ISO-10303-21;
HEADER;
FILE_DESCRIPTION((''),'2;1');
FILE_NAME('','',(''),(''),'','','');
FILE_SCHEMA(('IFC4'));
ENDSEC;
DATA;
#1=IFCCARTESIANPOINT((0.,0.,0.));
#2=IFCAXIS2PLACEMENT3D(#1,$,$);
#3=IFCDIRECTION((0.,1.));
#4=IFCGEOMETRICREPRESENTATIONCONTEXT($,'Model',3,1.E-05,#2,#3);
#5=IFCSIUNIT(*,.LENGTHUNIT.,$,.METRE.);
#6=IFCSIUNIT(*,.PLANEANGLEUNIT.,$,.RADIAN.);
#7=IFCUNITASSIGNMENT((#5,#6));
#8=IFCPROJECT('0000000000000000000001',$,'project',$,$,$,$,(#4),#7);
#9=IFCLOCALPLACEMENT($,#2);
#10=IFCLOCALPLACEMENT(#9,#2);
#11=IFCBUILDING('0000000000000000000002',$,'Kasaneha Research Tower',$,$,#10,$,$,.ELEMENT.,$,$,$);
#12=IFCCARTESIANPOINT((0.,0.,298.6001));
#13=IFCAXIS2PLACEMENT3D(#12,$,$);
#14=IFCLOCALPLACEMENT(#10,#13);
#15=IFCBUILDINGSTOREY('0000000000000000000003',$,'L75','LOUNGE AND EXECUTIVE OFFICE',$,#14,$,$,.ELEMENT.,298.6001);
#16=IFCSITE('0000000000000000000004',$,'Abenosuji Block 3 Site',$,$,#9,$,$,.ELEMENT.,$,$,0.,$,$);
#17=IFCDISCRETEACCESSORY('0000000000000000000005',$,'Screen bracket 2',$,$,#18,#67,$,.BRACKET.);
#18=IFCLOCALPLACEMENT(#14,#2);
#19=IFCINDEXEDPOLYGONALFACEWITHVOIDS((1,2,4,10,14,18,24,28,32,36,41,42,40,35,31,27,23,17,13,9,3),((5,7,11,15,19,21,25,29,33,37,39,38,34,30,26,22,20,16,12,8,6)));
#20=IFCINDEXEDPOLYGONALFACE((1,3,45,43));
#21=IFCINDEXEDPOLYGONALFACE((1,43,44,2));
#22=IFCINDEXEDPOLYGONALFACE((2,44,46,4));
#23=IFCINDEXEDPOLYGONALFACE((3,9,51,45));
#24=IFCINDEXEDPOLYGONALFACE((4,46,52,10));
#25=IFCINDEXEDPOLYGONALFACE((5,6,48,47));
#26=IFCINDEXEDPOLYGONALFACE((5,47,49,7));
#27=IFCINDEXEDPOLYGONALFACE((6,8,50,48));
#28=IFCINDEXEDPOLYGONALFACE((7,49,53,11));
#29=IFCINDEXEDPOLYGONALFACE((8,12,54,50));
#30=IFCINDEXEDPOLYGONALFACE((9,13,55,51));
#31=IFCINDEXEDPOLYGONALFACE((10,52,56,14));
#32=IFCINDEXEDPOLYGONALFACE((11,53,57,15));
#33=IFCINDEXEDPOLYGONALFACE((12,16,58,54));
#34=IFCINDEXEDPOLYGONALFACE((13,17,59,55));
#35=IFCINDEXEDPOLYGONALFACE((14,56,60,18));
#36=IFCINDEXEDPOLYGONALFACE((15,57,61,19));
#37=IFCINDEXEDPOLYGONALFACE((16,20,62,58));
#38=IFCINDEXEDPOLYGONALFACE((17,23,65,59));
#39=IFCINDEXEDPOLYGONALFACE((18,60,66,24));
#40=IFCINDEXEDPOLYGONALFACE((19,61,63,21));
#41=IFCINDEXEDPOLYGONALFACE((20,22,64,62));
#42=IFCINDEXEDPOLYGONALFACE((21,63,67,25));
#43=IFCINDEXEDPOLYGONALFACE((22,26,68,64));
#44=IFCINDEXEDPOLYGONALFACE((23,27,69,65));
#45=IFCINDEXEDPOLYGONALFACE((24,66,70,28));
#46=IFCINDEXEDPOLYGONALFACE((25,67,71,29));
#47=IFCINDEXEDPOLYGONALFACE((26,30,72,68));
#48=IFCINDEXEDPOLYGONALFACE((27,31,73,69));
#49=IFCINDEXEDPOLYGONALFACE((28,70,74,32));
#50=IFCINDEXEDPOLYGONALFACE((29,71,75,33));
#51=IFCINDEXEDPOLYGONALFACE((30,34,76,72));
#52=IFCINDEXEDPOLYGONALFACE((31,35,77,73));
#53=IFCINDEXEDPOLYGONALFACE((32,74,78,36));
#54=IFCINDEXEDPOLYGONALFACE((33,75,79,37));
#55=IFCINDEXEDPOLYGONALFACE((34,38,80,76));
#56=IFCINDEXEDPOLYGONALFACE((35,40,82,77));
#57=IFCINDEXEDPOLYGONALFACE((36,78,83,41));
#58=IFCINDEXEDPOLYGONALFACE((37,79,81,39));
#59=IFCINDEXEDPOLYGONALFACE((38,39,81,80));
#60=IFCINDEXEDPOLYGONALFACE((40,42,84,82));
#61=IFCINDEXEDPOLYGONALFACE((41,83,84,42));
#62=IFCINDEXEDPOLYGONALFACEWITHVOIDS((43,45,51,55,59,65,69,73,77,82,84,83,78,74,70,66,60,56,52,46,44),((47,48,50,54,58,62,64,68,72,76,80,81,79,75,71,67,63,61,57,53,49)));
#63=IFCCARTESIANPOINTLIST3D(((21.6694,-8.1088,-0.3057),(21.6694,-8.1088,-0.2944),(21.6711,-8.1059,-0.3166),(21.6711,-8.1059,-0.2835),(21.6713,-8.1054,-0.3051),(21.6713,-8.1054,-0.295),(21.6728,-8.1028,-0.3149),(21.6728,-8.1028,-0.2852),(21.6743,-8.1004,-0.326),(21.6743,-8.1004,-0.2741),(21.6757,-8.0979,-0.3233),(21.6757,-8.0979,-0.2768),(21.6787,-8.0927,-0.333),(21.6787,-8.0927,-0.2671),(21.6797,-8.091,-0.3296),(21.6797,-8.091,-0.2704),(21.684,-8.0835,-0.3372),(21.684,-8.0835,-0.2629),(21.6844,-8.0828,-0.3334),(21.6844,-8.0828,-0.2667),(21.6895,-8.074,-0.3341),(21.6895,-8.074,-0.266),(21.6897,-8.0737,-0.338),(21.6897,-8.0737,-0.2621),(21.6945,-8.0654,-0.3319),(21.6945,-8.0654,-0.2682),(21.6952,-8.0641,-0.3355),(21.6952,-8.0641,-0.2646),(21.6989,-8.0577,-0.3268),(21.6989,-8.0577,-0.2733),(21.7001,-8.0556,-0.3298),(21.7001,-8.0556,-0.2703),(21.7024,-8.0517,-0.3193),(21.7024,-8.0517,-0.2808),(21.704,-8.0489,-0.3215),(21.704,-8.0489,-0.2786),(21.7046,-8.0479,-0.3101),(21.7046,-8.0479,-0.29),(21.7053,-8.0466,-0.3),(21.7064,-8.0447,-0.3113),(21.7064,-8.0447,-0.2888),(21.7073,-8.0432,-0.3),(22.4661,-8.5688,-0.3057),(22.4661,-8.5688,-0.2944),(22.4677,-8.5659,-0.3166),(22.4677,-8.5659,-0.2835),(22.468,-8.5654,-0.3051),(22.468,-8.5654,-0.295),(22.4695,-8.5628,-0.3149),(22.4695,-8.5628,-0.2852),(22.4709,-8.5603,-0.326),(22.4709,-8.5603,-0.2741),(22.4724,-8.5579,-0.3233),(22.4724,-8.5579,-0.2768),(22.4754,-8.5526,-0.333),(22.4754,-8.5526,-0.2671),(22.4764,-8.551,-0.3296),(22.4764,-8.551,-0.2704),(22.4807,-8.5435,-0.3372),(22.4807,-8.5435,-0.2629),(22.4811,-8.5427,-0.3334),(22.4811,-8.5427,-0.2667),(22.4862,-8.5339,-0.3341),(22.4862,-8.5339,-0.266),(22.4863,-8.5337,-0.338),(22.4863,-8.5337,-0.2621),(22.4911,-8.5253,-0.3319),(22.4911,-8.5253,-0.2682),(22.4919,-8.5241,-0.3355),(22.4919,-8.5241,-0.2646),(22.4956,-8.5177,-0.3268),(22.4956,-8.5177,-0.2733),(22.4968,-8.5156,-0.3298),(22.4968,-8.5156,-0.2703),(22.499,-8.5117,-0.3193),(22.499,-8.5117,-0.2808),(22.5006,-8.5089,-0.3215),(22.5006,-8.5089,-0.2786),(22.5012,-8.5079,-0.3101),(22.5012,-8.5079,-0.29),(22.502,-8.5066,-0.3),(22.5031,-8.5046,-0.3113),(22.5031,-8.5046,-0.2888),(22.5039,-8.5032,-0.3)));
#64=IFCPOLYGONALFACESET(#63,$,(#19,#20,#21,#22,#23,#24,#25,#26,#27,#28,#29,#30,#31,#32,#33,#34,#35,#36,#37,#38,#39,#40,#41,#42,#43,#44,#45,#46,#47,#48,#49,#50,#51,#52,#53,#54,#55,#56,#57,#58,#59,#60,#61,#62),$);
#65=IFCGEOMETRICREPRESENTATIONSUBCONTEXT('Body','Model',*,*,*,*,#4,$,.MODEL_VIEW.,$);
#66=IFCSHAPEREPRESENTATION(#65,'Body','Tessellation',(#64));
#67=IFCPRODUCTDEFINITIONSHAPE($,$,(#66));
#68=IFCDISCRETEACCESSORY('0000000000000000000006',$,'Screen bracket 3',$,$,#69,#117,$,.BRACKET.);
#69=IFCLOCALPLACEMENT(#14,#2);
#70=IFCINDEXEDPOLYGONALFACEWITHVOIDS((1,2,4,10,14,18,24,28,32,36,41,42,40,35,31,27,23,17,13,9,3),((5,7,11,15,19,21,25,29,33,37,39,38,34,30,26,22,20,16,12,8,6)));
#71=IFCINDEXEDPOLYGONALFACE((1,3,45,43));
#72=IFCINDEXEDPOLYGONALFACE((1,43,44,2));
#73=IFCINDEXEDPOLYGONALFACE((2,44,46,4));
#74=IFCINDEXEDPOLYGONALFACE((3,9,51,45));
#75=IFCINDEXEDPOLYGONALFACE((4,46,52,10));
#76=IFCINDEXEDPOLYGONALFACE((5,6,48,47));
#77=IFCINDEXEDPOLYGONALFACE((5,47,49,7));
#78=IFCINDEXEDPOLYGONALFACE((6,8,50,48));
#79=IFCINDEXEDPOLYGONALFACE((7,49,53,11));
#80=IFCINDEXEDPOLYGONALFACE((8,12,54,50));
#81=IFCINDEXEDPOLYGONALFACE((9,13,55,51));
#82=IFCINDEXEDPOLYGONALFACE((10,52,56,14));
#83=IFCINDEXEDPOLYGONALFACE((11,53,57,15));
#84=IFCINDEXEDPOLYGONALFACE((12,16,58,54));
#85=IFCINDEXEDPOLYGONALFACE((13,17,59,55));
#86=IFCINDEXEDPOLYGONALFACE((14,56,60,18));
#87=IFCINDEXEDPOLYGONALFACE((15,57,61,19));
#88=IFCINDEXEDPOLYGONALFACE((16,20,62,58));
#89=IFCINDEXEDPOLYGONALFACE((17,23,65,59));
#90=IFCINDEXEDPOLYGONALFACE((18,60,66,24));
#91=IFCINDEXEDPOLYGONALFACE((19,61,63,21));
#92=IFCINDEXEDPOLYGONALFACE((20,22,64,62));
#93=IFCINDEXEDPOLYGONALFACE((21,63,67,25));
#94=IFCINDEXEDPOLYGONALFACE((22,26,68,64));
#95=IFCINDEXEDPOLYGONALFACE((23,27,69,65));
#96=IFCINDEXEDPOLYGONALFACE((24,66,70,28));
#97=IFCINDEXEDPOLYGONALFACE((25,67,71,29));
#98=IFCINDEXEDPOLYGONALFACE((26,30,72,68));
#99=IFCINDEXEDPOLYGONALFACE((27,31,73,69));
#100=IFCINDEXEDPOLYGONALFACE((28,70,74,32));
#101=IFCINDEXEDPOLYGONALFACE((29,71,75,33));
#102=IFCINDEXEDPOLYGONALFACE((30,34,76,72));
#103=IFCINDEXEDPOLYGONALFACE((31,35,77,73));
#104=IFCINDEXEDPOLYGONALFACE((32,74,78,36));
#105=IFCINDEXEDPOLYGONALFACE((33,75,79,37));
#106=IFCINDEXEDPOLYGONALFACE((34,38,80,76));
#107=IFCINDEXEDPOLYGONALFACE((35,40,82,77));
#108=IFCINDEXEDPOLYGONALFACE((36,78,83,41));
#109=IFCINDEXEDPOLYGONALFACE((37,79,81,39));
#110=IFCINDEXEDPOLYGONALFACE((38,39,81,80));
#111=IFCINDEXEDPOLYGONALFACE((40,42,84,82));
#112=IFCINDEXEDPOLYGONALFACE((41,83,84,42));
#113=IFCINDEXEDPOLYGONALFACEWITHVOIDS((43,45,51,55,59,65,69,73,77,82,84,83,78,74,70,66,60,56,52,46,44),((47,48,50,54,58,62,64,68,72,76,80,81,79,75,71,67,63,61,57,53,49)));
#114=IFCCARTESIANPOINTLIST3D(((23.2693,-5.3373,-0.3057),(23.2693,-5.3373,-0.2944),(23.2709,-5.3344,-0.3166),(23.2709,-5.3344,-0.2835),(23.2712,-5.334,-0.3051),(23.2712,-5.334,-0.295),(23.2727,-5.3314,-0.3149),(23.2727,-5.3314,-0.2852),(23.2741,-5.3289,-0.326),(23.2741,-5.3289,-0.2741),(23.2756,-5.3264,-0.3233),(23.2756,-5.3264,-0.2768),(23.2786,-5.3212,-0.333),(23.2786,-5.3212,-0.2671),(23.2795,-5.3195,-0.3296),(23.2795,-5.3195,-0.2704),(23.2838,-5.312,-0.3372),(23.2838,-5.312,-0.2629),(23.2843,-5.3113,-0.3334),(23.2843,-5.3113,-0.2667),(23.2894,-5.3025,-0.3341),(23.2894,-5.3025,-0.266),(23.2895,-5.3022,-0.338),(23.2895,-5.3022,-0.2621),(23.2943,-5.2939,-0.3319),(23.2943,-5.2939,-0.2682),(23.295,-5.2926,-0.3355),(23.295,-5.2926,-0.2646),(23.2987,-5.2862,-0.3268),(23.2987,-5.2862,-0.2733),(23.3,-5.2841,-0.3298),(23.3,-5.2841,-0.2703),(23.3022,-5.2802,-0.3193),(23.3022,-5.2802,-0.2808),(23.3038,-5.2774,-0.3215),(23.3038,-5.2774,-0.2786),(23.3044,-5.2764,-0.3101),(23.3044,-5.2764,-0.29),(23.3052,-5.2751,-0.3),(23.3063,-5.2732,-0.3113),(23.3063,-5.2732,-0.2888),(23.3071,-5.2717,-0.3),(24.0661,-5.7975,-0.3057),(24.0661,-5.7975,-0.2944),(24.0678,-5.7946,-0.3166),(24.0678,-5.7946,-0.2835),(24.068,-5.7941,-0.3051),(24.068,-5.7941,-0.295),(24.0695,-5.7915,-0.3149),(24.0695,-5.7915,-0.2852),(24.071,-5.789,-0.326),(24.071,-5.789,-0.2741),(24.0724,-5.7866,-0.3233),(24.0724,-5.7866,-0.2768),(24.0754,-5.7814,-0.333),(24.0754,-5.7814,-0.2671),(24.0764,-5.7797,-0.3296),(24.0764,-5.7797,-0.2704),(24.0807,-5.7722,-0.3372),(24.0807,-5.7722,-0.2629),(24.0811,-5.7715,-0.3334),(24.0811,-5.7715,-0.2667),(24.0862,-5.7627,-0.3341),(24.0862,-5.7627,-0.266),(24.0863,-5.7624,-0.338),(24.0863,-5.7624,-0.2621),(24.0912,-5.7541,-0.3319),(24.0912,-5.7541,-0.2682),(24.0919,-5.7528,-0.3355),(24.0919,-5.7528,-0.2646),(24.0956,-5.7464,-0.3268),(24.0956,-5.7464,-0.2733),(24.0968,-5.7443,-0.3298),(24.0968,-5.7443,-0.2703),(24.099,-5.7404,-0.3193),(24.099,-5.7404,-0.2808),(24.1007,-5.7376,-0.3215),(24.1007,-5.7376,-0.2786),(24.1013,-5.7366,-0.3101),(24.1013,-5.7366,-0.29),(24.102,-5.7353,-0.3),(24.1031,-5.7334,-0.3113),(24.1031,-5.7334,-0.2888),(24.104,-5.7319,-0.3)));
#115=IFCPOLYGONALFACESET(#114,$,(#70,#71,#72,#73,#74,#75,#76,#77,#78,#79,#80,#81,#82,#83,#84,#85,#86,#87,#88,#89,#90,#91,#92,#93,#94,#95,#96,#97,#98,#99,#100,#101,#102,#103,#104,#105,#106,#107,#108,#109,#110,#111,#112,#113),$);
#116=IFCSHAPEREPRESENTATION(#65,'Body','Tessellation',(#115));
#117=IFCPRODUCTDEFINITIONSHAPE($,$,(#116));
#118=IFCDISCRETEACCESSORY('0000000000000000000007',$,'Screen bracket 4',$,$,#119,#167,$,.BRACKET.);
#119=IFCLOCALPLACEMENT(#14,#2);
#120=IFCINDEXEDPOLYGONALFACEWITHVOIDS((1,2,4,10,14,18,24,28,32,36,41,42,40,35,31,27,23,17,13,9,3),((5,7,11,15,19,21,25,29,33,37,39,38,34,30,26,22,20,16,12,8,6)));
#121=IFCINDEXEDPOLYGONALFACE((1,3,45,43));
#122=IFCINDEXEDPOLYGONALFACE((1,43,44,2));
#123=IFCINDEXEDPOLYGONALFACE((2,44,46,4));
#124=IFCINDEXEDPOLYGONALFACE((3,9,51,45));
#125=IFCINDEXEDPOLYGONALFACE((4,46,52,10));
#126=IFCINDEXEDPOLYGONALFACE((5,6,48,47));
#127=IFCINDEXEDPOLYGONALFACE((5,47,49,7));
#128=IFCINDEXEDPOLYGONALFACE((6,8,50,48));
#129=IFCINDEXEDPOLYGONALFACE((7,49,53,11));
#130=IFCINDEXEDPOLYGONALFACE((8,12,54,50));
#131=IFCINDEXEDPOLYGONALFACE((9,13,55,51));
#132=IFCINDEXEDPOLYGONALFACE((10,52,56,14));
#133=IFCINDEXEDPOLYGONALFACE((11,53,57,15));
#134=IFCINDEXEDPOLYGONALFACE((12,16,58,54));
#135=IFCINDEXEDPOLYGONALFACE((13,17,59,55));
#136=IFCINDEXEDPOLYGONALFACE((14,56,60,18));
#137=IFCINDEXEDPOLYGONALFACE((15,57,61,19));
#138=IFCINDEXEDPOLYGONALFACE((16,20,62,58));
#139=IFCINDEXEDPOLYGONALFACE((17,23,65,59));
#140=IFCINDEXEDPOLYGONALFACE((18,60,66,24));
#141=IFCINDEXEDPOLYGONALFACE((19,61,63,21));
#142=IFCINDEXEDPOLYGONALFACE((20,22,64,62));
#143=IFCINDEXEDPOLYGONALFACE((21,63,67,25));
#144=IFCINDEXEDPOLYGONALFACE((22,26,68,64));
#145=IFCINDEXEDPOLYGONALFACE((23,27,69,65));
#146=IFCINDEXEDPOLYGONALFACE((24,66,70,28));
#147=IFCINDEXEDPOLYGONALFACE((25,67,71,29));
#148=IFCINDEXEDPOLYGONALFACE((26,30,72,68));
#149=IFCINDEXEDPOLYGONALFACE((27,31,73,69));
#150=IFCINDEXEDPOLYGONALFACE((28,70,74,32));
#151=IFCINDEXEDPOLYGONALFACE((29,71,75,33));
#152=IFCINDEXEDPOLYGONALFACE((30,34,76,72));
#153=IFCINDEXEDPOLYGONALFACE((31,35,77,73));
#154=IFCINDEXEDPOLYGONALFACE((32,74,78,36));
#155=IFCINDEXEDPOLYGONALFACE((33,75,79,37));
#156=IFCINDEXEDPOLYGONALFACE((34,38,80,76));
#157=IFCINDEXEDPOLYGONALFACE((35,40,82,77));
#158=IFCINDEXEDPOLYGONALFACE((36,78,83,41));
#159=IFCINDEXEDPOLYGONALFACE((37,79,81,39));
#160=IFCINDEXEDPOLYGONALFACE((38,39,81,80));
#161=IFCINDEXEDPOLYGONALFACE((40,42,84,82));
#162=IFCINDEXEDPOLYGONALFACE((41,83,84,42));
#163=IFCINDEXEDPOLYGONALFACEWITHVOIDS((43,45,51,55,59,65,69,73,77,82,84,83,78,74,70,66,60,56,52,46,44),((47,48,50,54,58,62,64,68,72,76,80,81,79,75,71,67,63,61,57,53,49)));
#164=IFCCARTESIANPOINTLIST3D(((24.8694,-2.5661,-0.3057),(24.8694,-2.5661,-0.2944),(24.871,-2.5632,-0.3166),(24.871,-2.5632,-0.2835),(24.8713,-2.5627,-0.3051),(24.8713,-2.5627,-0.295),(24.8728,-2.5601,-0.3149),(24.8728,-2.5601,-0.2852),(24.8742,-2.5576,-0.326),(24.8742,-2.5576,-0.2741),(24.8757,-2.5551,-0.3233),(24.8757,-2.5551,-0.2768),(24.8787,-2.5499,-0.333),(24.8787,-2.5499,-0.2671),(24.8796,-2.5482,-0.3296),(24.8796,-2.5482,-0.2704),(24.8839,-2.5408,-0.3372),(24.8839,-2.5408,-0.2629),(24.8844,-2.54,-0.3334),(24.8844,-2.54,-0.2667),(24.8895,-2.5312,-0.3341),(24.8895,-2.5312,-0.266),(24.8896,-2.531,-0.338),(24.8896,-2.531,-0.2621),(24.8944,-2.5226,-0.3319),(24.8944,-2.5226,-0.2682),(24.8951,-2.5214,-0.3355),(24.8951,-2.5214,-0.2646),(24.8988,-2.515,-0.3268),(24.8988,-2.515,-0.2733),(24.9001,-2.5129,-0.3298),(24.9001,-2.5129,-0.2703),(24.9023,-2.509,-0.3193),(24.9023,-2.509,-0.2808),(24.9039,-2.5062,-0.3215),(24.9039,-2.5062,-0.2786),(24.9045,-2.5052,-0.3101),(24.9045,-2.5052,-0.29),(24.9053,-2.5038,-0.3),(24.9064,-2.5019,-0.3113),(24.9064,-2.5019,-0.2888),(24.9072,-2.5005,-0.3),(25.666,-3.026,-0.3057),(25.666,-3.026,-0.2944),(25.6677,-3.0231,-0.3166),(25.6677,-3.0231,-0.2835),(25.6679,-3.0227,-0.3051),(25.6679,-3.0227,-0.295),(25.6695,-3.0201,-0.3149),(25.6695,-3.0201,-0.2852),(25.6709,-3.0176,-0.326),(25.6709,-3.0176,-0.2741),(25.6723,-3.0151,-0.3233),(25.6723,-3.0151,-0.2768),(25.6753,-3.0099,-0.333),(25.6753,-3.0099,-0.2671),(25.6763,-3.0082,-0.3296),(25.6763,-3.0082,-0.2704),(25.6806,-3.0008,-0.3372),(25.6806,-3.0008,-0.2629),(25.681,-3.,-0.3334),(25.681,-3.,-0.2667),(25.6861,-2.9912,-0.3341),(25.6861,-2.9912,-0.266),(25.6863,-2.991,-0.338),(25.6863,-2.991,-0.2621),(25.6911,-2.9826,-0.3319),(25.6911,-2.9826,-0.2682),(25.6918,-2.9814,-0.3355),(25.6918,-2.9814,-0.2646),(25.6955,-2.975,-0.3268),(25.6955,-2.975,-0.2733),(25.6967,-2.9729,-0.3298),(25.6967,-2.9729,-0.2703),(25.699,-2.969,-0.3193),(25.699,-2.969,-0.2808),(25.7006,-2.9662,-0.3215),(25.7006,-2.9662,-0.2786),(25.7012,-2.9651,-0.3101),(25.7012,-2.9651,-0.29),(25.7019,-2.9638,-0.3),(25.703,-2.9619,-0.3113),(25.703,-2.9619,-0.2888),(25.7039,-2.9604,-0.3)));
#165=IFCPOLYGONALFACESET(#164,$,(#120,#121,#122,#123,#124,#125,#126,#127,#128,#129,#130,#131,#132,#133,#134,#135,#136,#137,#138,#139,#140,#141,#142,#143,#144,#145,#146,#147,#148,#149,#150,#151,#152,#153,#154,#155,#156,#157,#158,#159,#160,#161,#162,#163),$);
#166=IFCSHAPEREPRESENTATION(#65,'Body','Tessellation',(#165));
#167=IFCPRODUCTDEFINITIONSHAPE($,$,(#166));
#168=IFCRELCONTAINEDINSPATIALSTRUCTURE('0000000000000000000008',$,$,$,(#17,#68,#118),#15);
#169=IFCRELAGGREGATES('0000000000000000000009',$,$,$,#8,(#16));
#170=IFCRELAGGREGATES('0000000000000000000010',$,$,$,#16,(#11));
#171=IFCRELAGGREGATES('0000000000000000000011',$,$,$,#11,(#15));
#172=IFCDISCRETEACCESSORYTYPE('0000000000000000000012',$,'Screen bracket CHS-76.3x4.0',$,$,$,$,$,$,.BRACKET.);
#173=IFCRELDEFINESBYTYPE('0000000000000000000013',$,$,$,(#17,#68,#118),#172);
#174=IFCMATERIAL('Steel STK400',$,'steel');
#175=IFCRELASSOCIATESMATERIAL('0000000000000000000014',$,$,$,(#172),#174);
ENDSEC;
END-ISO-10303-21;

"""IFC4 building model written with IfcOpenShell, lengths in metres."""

from ifc_helpers import new_model, si_unit, direction, frame, origin, origin_2d, place, context, subcontext, project, spatial, hollow_circle, extrude, material, material_profile, profile_set, type_object, element, save


model = new_model("IFC4")

# Units and contexts
model_context = context("Model", 3, precision=1e-05, world=origin(), true_north=direction((0.0, 1.0)))
body_context = subcontext(model_context, "Body", "Model", "MODEL_VIEW")
ifc_project = project(units=[si_unit("LENGTHUNIT", "METRE"), si_unit("PLANEANGLEUNIT", "RADIAN")], contexts=[model_context])

# Site, building, storey
site_placement = place(None, origin())
site = spatial("IfcSite", under=ifc_project, at=site_placement, Name="Abenosuji Block 3 Site", CompositionType="ELEMENT", RefElevation=0.0)
building_placement = place(site_placement, origin())
building = spatial("IfcBuilding", under=site, at=building_placement, Name="Kasaneha Research Tower", CompositionType="ELEMENT")
storey_placement = place(building_placement, frame((0.0, 0.0, 298.6001)))
storey = spatial("IfcBuildingStorey", under=building, at=storey_placement, Name="L75", Description="LOUNGE AND EXECUTIVE OFFICE", CompositionType="ELEMENT", Elevation=298.6001)

# Discrete accessories
ifc_material_1 = material(Name="Steel STK400", Category="steel")
ifc_material_profile_1 = material_profile(ifc_material_1, hollow_circle(Radius=0.0381, WallThickness=0.0039, at=origin_2d()), Name="CHS-76.3x4.0")
ifc_profile_set_1 = profile_set([ifc_material_profile_1], Name="Steel STK400")
discrete_accessory_type = type_object("IfcDiscreteAccessoryType", Name="Screen bracket CHS-76.3x4.0", PredefinedType="BRACKET", material=ifc_profile_set_1)
discrete_accessory_1_placement = place(storey_placement, frame((21.6882, -8.0762, -0.3), z_axis=(0.866013, -0.500021, 0.0), x_axis=(0.500021, 0.866013, 0.0)))
element("IfcDiscreteAccessory", 1, at=discrete_accessory_1_placement, inside=storey, type_object=discrete_accessory_type, Name="Screen bracket 2", PredefinedType="BRACKET", context=body_context, shape_type="SweptSolid", body=[
    extrude(hollow_circle(Radius=0.0381, WallThickness=0.0039, at=origin_2d()), origin(), (0.0, 0.0, 1.0), 0.9199),
])
discrete_accessory_2_placement = place(storey_placement, frame((23.2881, -5.3047, -0.3), z_axis=(0.865965, -0.500105, 0.0), x_axis=(0.500105, 0.865965, 0.0)))
element("IfcDiscreteAccessory", 2, at=discrete_accessory_2_placement, inside=storey, type_object=discrete_accessory_type, Name="Screen bracket 3", PredefinedType="BRACKET", context=body_context, shape_type="SweptSolid", body=[
    extrude(hollow_circle(Radius=0.0381, WallThickness=0.0039, at=origin_2d()), origin(), (0.0, 0.0, 1.0), 0.9202),
])
for number, where, z_axis, x_axis, name in (
    (3, (24.8882, -2.5334, -0.3), (0.866013, -0.500021, 0.0), (0.500021, 0.866013, 0.0), "Screen bracket 4"),
):
    element("IfcDiscreteAccessory", number, at=place(storey_placement, frame(where, z_axis=z_axis, x_axis=x_axis)), inside=storey, type_object=discrete_accessory_type, Name=name, PredefinedType="BRACKET", context=body_context, shape_type="SweptSolid", body=[
        extrude(hollow_circle(Radius=0.0381, WallThickness=0.0039, at=origin_2d()), origin(), (0.0, 0.0, 1.0), 0.9199),
    ])

save(model, "model.ifc")
